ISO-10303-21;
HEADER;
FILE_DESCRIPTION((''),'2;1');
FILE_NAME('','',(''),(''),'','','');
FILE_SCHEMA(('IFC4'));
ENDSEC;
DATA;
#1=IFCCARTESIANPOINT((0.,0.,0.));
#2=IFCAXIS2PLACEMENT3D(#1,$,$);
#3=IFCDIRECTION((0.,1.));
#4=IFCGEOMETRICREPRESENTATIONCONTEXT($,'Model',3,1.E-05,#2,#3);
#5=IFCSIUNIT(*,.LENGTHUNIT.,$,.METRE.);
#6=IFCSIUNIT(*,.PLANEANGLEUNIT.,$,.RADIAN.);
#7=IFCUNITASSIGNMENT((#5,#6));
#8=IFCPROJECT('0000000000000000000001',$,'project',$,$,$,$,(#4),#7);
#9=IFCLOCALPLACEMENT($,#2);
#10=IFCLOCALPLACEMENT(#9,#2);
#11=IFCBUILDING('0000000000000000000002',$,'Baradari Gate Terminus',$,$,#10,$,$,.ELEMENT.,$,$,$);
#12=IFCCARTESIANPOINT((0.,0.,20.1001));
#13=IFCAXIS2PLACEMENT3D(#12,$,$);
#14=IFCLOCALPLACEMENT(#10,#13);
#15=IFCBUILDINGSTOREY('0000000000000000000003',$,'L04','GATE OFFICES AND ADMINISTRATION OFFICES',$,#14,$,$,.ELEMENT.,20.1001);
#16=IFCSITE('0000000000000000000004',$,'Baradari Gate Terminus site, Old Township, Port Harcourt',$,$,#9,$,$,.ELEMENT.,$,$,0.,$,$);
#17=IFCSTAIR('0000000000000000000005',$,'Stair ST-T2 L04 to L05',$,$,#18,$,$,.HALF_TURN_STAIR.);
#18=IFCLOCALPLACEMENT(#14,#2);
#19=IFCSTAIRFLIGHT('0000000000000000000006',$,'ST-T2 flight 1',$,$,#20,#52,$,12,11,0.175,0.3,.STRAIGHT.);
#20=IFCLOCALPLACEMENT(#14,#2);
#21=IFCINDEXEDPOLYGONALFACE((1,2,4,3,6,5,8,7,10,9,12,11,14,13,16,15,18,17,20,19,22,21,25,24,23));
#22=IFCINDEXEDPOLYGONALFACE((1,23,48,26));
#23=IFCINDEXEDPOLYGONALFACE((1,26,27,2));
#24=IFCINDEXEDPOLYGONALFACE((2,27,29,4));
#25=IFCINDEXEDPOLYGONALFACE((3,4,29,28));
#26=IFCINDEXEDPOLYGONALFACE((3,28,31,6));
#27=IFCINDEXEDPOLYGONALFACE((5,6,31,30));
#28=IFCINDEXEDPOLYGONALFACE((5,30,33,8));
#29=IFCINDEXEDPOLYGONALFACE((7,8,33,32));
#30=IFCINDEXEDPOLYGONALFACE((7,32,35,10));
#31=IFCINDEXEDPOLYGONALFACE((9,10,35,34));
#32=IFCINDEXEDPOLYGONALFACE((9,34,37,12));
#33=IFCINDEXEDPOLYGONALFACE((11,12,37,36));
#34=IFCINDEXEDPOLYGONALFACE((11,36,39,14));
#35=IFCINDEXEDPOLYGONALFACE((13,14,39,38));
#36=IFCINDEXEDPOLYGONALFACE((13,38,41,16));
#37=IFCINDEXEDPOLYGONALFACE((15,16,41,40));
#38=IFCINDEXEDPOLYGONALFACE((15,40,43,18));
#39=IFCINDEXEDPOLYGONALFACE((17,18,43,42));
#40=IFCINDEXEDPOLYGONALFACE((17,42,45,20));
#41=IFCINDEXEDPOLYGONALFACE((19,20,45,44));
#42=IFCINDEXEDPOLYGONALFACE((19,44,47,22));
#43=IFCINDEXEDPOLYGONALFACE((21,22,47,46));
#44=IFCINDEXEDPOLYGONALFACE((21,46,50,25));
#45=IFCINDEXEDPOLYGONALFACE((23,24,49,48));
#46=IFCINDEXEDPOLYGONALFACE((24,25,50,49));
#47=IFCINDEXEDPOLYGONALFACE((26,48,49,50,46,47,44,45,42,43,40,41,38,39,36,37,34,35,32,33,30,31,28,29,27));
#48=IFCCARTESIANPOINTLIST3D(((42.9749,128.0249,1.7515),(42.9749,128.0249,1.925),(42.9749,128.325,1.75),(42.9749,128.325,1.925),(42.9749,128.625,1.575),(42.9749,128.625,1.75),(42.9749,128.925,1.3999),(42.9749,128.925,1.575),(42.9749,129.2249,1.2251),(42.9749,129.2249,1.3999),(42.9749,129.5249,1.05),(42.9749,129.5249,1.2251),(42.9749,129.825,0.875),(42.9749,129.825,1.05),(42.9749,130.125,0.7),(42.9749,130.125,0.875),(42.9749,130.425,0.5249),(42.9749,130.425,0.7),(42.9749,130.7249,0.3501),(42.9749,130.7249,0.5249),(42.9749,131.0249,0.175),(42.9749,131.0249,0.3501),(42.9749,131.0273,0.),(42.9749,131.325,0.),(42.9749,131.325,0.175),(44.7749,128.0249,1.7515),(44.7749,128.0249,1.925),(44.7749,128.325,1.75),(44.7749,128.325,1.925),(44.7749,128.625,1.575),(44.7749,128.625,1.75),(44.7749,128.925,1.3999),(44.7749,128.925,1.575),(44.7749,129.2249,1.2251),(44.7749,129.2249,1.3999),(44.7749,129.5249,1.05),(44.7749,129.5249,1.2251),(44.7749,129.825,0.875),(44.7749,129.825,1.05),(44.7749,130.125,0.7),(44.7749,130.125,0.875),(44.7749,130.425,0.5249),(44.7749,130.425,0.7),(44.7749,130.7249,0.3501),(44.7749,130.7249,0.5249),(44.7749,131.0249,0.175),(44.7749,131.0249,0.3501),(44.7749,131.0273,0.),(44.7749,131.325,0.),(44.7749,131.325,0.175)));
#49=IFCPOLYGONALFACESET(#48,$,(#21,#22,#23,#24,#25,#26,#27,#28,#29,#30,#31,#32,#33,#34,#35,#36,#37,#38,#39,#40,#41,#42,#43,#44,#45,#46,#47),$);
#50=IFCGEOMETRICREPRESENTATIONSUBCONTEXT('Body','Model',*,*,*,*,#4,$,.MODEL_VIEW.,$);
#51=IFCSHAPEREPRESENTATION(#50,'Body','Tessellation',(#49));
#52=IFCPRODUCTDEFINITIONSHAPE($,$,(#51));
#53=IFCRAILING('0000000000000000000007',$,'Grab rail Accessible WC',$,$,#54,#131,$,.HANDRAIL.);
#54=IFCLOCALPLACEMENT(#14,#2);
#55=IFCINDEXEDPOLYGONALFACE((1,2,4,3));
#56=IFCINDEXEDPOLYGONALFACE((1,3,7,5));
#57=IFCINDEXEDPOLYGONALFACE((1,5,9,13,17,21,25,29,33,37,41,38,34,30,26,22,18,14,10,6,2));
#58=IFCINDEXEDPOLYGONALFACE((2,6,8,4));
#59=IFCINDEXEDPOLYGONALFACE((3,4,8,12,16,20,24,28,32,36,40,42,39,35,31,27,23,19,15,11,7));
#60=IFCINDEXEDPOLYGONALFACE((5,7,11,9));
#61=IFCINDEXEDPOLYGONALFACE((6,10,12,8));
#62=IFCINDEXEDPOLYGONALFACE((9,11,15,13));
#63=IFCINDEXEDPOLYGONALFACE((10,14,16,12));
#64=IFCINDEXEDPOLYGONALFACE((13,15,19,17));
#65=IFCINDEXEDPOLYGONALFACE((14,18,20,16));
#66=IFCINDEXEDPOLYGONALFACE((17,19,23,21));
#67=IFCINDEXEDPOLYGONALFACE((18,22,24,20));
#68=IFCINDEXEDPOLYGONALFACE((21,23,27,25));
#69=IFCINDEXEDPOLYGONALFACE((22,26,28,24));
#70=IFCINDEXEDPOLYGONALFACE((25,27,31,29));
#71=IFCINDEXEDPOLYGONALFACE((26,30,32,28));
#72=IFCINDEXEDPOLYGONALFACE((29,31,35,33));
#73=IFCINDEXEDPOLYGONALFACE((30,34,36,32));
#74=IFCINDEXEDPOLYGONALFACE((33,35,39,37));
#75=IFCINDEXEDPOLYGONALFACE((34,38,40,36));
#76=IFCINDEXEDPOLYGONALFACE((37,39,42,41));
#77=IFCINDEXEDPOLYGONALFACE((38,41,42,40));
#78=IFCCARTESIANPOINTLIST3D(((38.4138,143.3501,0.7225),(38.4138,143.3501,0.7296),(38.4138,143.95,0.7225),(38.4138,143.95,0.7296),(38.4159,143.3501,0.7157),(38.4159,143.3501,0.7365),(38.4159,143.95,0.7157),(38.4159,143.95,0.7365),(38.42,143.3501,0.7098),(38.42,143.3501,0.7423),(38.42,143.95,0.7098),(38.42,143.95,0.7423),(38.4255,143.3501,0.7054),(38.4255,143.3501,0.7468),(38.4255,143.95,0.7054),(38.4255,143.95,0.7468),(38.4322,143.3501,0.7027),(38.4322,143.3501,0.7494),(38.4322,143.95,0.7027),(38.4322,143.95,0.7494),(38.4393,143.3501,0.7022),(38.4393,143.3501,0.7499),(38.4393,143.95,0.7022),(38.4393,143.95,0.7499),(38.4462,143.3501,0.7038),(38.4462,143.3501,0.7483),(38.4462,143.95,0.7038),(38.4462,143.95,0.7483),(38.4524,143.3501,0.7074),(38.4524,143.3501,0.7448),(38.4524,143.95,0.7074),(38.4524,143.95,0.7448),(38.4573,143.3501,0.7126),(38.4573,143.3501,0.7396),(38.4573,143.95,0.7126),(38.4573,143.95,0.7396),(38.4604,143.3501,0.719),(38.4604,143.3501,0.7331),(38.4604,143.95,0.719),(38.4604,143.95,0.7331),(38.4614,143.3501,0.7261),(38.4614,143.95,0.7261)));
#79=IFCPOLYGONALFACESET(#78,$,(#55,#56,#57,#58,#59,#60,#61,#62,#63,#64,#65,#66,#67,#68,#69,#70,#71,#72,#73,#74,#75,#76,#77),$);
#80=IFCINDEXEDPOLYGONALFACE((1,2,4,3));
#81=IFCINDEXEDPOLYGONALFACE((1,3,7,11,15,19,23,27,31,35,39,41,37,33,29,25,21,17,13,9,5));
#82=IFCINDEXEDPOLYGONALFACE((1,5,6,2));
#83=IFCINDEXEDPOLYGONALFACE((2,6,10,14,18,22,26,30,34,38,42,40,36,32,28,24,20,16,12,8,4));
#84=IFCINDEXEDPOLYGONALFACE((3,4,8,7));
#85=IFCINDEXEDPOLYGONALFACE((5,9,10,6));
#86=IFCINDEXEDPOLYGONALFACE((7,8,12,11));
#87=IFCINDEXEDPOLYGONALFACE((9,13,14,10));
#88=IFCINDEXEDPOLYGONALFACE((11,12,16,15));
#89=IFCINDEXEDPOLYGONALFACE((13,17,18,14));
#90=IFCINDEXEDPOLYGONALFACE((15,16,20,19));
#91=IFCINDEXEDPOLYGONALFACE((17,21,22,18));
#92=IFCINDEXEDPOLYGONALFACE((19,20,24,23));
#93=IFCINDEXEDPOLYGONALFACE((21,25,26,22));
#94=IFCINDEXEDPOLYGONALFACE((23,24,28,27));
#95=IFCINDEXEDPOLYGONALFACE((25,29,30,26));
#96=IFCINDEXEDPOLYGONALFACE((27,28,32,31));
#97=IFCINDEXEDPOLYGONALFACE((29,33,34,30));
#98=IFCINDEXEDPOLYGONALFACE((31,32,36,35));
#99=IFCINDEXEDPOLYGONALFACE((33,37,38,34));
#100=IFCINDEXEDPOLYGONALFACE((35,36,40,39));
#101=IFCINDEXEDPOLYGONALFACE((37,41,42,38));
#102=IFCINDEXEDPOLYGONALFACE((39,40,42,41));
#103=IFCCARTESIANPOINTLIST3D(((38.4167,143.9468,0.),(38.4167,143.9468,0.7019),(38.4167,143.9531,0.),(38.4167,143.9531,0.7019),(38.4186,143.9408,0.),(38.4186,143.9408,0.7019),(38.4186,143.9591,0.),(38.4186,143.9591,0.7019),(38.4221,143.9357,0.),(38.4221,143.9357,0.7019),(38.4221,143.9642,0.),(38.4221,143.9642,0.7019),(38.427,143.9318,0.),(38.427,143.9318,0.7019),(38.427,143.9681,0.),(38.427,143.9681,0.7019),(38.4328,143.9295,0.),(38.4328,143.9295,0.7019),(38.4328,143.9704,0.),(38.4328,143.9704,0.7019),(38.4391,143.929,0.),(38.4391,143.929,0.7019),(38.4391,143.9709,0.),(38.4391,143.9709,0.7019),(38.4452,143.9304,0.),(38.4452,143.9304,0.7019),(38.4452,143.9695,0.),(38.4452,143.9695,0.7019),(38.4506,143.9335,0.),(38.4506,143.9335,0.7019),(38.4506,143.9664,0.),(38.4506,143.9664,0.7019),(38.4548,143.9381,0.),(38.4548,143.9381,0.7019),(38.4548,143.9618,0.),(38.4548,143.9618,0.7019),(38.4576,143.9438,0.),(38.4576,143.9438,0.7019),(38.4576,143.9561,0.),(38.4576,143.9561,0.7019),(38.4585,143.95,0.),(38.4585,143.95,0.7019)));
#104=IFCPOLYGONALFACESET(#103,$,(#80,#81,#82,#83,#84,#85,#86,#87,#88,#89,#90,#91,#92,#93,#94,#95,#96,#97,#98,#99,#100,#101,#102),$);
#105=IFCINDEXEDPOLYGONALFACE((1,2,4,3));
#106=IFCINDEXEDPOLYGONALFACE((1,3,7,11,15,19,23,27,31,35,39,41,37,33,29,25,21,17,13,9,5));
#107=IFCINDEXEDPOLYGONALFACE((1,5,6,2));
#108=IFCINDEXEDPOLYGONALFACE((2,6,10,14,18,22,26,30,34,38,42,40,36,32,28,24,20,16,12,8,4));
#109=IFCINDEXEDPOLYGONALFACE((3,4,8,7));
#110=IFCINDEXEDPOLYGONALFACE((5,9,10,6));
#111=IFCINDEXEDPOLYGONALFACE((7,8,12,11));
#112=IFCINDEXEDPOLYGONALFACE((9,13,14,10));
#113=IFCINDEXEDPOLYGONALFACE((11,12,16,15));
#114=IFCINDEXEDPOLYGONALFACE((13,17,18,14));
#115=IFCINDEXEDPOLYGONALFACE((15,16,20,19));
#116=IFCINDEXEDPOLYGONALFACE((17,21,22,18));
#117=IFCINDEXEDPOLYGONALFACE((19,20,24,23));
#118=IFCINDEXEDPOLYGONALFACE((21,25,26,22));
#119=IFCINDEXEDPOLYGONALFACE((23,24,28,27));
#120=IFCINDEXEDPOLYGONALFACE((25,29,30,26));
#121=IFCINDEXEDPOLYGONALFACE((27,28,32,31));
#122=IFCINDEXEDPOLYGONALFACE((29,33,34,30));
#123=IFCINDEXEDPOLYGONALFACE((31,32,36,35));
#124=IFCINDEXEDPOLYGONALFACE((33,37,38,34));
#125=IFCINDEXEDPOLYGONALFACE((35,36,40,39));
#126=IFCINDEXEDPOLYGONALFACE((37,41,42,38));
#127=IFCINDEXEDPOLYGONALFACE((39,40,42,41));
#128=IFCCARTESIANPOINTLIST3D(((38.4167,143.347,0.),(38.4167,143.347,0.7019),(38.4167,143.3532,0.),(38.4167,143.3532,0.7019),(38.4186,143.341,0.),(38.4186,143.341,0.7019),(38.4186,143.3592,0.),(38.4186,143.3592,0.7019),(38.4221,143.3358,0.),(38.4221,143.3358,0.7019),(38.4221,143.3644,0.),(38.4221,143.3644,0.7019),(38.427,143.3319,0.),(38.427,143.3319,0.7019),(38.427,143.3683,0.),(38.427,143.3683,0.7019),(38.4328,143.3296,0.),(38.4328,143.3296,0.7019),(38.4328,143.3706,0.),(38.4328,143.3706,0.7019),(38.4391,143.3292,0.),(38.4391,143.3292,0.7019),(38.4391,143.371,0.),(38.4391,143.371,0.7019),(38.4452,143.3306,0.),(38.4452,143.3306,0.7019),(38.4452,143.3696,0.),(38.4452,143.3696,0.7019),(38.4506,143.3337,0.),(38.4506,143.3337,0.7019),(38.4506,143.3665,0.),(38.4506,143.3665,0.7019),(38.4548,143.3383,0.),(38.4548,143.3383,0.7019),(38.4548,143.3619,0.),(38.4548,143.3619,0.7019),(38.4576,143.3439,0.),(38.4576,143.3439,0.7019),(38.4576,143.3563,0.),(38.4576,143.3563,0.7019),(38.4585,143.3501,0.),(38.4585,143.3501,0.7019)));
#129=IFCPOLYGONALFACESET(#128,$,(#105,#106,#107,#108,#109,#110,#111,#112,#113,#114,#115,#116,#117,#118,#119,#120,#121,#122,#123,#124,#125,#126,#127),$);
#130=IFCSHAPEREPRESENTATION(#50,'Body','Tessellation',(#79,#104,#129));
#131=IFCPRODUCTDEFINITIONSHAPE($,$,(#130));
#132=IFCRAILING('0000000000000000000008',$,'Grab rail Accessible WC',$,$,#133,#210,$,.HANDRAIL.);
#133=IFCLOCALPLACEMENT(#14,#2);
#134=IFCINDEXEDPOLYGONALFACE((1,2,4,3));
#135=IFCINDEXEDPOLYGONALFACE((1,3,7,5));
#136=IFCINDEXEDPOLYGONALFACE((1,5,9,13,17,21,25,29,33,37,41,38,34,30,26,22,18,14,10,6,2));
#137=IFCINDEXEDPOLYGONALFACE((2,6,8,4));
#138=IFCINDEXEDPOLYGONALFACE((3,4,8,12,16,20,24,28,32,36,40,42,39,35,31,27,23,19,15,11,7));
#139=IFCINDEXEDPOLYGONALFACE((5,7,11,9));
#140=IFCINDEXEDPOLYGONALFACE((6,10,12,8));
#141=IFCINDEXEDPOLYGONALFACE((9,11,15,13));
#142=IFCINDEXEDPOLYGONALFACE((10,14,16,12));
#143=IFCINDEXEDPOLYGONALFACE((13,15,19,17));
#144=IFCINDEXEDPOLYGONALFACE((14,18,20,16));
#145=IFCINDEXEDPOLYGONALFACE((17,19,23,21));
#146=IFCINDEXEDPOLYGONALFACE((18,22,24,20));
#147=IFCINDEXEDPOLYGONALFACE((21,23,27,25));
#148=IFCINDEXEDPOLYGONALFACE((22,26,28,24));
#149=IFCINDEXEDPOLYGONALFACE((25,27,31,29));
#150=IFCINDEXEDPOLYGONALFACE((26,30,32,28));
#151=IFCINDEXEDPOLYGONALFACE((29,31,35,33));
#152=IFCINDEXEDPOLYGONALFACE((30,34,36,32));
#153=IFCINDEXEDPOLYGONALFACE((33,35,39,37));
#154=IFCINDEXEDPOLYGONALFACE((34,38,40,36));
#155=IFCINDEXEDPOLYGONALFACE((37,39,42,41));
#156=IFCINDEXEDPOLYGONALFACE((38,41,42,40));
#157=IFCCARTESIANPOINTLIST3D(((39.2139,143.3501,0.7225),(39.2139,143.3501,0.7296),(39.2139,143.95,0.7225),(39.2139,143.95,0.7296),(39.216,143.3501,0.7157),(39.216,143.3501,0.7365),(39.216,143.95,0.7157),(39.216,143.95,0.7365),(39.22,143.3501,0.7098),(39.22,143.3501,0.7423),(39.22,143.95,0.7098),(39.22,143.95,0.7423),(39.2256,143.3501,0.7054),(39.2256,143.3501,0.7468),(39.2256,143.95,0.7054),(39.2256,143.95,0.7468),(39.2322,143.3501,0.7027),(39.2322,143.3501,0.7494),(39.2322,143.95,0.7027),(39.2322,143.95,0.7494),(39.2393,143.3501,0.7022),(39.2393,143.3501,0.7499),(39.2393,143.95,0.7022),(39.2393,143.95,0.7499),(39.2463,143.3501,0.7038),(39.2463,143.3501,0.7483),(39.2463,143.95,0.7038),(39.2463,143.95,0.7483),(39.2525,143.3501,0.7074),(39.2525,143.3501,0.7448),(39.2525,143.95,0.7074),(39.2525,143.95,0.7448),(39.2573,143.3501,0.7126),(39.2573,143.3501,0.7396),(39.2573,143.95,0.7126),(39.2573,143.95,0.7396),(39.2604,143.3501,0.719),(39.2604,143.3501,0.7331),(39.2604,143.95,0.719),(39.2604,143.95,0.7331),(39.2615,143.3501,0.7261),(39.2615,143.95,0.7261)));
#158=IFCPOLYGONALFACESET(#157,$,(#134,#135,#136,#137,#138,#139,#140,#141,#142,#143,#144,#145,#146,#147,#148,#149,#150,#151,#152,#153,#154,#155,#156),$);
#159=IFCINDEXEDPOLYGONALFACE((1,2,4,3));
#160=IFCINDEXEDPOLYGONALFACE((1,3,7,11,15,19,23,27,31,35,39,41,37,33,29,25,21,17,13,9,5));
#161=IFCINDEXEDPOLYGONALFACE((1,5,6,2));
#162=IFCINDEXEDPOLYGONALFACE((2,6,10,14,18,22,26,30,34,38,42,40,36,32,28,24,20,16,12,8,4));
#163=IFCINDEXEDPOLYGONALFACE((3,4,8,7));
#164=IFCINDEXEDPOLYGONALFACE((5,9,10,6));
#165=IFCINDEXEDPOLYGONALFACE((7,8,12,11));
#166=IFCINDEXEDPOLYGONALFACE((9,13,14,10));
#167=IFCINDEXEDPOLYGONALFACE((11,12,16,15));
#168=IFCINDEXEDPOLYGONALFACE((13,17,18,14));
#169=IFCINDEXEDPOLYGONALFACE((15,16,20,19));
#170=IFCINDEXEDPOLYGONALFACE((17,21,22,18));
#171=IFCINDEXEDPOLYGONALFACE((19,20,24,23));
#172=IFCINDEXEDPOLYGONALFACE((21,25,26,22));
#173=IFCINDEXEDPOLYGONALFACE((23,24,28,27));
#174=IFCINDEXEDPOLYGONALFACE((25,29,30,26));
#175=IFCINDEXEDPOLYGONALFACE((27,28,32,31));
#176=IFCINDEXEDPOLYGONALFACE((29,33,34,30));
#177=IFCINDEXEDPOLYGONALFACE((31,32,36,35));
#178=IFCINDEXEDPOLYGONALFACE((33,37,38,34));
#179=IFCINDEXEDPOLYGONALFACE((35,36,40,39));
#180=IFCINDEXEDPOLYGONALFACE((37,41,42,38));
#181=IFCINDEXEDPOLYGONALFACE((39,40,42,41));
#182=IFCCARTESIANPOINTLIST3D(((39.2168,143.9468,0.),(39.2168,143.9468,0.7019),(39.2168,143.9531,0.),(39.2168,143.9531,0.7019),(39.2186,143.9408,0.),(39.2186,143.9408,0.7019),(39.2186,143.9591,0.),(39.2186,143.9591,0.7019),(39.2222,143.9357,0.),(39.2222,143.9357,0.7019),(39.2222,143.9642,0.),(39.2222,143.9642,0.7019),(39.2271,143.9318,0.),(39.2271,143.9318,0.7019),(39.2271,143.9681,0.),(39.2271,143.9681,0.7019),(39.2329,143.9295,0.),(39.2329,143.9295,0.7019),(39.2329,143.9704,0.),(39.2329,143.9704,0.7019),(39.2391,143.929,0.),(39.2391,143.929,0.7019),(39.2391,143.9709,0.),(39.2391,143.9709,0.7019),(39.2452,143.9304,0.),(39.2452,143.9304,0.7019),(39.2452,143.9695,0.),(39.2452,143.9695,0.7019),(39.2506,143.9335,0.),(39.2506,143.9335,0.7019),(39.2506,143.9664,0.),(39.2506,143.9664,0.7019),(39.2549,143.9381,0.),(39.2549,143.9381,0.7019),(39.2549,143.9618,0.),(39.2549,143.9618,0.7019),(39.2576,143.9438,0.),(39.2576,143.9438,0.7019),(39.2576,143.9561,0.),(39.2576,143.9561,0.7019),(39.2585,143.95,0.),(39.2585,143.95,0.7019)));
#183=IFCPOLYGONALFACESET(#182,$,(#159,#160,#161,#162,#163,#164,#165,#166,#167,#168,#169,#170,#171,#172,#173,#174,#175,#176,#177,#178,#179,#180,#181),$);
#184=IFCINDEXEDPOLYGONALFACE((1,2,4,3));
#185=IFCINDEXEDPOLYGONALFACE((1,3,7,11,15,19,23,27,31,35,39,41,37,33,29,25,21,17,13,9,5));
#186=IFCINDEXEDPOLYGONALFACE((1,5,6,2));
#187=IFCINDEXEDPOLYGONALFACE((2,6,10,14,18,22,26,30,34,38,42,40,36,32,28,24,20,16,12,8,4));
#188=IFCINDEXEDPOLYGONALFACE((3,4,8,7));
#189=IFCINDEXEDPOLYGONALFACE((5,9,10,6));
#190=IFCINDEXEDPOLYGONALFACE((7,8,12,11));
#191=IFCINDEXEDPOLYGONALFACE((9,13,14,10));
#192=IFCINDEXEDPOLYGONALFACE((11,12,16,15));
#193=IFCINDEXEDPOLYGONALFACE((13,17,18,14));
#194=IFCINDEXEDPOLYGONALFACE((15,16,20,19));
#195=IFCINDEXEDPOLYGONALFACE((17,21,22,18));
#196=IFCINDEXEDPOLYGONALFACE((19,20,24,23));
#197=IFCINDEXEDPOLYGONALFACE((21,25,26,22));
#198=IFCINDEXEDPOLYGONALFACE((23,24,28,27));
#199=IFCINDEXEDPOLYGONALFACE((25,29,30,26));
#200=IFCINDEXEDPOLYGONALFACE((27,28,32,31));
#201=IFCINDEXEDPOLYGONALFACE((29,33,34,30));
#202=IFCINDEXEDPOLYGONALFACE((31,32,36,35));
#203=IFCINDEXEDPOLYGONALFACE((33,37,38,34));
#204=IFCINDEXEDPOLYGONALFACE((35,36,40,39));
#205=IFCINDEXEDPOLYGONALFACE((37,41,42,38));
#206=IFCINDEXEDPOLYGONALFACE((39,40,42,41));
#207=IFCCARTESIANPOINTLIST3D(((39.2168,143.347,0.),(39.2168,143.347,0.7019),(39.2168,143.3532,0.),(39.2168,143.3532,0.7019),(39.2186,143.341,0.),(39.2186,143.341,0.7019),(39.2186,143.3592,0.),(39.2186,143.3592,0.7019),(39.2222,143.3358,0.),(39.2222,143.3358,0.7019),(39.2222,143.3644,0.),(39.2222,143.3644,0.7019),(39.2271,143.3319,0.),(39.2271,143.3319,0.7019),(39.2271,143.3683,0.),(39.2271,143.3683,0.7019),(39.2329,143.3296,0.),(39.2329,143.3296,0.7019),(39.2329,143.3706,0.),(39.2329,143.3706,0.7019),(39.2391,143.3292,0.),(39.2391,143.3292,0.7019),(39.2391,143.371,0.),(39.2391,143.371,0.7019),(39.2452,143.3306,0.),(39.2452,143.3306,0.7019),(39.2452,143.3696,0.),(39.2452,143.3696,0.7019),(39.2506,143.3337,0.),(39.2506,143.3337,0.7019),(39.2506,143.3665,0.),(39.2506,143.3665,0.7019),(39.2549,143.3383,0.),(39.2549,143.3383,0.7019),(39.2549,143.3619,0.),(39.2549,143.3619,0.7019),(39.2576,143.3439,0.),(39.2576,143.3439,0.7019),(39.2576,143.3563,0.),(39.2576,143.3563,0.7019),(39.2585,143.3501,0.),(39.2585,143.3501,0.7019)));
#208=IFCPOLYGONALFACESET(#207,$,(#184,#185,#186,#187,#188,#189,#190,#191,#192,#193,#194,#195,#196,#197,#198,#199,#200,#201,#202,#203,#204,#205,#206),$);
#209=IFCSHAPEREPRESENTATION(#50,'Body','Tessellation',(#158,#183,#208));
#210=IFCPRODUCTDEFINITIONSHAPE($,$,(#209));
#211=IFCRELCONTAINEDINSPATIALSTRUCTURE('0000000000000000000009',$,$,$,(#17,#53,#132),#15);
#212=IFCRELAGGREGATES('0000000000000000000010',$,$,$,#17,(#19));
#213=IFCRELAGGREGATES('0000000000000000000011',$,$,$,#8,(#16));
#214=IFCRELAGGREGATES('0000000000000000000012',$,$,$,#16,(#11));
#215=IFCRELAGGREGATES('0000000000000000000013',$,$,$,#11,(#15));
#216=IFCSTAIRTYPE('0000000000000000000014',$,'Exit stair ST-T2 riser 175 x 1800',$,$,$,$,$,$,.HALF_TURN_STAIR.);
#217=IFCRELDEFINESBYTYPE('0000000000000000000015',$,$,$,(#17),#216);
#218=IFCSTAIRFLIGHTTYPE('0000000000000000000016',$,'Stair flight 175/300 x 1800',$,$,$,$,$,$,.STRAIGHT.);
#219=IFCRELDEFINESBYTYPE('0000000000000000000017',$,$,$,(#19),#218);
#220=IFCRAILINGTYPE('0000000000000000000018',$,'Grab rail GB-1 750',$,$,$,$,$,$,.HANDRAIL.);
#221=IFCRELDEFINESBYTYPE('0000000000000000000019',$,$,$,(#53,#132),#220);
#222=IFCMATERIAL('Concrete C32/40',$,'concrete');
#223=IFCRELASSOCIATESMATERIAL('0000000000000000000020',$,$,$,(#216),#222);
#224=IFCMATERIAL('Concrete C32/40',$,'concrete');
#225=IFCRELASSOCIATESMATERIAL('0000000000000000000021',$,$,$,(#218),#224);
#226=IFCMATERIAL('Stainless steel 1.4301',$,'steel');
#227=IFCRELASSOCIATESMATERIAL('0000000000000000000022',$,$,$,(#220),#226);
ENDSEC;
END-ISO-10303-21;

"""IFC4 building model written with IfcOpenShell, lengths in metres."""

from ifc_helpers import new_model, si_unit, direction, frame, origin, origin_2d, place, context, subcontext, project, spatial, polyline, circle, outline, extrude, material, type_object, element, aggregate, save


model = new_model("IFC4")

# Units and contexts
model_context = context("Model", 3, precision=1e-05, world=origin(), true_north=direction((0.0, 1.0)))
body_context = subcontext(model_context, "Body", "Model", "MODEL_VIEW")
ifc_project = project(units=[si_unit("LENGTHUNIT", "METRE"), si_unit("PLANEANGLEUNIT", "RADIAN")], contexts=[model_context])

# Site, building, storey
site_placement = place(None, origin())
site = spatial("IfcSite", under=ifc_project, at=site_placement, Name="Baradari Gate Terminus site, Old Township, Port Harcourt", CompositionType="ELEMENT", RefElevation=0.0)
building_placement = place(site_placement, origin())
building = spatial("IfcBuilding", under=site, at=building_placement, Name="Baradari Gate Terminus", CompositionType="ELEMENT")
storey_placement = place(building_placement, frame((0.0, 0.0, 20.1001)))
storey = spatial("IfcBuildingStorey", under=building, at=storey_placement, Name="L04", Description="GATE OFFICES AND ADMINISTRATION OFFICES", CompositionType="ELEMENT", Elevation=20.1001)

# Stair, stair flight
ifc_material_1 = material(Name="Concrete C32/40", Category="concrete")
stair_type = type_object("IfcStairType", Name="Exit stair ST-T2 riser 175 x 1800", PredefinedType="HALF_TURN_STAIR", material=ifc_material_1)
stair_placement = place(storey_placement, origin())
stair = element("IfcStair", 1, at=stair_placement, inside=storey, type_object=stair_type, Name="Stair ST-T2 L04 to L05", PredefinedType="HALF_TURN_STAIR")
ifc_material_2 = material(Name="Concrete C32/40", Category="concrete")
stair_flight_type = type_object("IfcStairFlightType", Name="Stair flight 175/300 x 1800", PredefinedType="STRAIGHT", material=ifc_material_2)
stair_flight_placement = place(storey_placement, frame((43.875, 131.325, 0.0), z_axis=(0.0, 0.0, 1.0), x_axis=(0.0, -1.0, 0.0)))
stair_flight = element("IfcStairFlight", 2, at=stair_flight_placement, type_object=stair_flight_type, Name="ST-T2 flight 1", NumberOfRisers=12, NumberOfTreads=11, PredefinedType="STRAIGHT", RiserHeight=0.175, TreadLength=0.3, context=body_context, shape_type="SweptSolid", body=[
    extrude(outline(polyline([(0.0, 0.0), (0.0, 0.175), (0.3, 0.175), (0.3, 0.3501), (0.6001, 0.3501), (0.6001, 0.5249), (0.8999, 0.5249), (0.8999, 0.7), (1.2, 0.7), (1.2, 0.875), (1.5, 0.875), (1.5, 1.05), (1.8, 1.05), (1.8, 1.2251), (2.1001, 1.2251), (2.1001, 1.3999), (2.3999, 1.3999), (2.3999, 1.575), (2.7, 1.575), (2.7, 1.75), (3.0, 1.75), (3.0, 1.925), (3.3, 1.925), (3.3, 2.1001), (3.3, 1.7515), (0.2976, 0.0), (0.0, 0.0)])), frame((0.0, 0.8999, 0.0), z_axis=(0.0, -1.0, 0.0), x_axis=(1.0, 0.0, 0.0)), (0.0, 0.0, 1.0), 1.8),
])
aggregate(stair, [stair_flight])

# Railings
ifc_material_3 = material(Name="Stainless steel 1.4301", Category="steel")
railing_type_1 = type_object("IfcRailingType", Name="Grab rail GB-1 750", PredefinedType="HANDRAIL", material=ifc_material_3)
for number, where, name in (
    (3, (38.4375, 143.95, 0.0), "Grab rail Accessible WC"),
    (4, (39.2375, 143.95, 0.0), "Grab rail Accessible WC"),
):
    element("IfcRailing", number, at=place(storey_placement, frame(where)), inside=storey, type_object=railing_type_1, Name=name, PredefinedType="HANDRAIL", context=body_context, shape_type="SweptSolid", body=[
        extrude(circle(Radius=0.0239, at=origin_2d()), frame((0.0, 0.0, 0.7261), z_axis=(0.0, -1.0, 0.0), x_axis=(1.0, 0.0, 0.0)), (0.0, 0.0, 1.0), 0.5999),
        extrude(circle(Radius=0.021, at=origin_2d()), origin(), (0.0, 0.0, 1.0), 0.7019),
        extrude(circle(Radius=0.021, at=origin_2d()), frame((0.0, -0.5999, 0.0)), (0.0, 0.0, 1.0), 0.7019),
    ])

save(model, "model.ifc")
